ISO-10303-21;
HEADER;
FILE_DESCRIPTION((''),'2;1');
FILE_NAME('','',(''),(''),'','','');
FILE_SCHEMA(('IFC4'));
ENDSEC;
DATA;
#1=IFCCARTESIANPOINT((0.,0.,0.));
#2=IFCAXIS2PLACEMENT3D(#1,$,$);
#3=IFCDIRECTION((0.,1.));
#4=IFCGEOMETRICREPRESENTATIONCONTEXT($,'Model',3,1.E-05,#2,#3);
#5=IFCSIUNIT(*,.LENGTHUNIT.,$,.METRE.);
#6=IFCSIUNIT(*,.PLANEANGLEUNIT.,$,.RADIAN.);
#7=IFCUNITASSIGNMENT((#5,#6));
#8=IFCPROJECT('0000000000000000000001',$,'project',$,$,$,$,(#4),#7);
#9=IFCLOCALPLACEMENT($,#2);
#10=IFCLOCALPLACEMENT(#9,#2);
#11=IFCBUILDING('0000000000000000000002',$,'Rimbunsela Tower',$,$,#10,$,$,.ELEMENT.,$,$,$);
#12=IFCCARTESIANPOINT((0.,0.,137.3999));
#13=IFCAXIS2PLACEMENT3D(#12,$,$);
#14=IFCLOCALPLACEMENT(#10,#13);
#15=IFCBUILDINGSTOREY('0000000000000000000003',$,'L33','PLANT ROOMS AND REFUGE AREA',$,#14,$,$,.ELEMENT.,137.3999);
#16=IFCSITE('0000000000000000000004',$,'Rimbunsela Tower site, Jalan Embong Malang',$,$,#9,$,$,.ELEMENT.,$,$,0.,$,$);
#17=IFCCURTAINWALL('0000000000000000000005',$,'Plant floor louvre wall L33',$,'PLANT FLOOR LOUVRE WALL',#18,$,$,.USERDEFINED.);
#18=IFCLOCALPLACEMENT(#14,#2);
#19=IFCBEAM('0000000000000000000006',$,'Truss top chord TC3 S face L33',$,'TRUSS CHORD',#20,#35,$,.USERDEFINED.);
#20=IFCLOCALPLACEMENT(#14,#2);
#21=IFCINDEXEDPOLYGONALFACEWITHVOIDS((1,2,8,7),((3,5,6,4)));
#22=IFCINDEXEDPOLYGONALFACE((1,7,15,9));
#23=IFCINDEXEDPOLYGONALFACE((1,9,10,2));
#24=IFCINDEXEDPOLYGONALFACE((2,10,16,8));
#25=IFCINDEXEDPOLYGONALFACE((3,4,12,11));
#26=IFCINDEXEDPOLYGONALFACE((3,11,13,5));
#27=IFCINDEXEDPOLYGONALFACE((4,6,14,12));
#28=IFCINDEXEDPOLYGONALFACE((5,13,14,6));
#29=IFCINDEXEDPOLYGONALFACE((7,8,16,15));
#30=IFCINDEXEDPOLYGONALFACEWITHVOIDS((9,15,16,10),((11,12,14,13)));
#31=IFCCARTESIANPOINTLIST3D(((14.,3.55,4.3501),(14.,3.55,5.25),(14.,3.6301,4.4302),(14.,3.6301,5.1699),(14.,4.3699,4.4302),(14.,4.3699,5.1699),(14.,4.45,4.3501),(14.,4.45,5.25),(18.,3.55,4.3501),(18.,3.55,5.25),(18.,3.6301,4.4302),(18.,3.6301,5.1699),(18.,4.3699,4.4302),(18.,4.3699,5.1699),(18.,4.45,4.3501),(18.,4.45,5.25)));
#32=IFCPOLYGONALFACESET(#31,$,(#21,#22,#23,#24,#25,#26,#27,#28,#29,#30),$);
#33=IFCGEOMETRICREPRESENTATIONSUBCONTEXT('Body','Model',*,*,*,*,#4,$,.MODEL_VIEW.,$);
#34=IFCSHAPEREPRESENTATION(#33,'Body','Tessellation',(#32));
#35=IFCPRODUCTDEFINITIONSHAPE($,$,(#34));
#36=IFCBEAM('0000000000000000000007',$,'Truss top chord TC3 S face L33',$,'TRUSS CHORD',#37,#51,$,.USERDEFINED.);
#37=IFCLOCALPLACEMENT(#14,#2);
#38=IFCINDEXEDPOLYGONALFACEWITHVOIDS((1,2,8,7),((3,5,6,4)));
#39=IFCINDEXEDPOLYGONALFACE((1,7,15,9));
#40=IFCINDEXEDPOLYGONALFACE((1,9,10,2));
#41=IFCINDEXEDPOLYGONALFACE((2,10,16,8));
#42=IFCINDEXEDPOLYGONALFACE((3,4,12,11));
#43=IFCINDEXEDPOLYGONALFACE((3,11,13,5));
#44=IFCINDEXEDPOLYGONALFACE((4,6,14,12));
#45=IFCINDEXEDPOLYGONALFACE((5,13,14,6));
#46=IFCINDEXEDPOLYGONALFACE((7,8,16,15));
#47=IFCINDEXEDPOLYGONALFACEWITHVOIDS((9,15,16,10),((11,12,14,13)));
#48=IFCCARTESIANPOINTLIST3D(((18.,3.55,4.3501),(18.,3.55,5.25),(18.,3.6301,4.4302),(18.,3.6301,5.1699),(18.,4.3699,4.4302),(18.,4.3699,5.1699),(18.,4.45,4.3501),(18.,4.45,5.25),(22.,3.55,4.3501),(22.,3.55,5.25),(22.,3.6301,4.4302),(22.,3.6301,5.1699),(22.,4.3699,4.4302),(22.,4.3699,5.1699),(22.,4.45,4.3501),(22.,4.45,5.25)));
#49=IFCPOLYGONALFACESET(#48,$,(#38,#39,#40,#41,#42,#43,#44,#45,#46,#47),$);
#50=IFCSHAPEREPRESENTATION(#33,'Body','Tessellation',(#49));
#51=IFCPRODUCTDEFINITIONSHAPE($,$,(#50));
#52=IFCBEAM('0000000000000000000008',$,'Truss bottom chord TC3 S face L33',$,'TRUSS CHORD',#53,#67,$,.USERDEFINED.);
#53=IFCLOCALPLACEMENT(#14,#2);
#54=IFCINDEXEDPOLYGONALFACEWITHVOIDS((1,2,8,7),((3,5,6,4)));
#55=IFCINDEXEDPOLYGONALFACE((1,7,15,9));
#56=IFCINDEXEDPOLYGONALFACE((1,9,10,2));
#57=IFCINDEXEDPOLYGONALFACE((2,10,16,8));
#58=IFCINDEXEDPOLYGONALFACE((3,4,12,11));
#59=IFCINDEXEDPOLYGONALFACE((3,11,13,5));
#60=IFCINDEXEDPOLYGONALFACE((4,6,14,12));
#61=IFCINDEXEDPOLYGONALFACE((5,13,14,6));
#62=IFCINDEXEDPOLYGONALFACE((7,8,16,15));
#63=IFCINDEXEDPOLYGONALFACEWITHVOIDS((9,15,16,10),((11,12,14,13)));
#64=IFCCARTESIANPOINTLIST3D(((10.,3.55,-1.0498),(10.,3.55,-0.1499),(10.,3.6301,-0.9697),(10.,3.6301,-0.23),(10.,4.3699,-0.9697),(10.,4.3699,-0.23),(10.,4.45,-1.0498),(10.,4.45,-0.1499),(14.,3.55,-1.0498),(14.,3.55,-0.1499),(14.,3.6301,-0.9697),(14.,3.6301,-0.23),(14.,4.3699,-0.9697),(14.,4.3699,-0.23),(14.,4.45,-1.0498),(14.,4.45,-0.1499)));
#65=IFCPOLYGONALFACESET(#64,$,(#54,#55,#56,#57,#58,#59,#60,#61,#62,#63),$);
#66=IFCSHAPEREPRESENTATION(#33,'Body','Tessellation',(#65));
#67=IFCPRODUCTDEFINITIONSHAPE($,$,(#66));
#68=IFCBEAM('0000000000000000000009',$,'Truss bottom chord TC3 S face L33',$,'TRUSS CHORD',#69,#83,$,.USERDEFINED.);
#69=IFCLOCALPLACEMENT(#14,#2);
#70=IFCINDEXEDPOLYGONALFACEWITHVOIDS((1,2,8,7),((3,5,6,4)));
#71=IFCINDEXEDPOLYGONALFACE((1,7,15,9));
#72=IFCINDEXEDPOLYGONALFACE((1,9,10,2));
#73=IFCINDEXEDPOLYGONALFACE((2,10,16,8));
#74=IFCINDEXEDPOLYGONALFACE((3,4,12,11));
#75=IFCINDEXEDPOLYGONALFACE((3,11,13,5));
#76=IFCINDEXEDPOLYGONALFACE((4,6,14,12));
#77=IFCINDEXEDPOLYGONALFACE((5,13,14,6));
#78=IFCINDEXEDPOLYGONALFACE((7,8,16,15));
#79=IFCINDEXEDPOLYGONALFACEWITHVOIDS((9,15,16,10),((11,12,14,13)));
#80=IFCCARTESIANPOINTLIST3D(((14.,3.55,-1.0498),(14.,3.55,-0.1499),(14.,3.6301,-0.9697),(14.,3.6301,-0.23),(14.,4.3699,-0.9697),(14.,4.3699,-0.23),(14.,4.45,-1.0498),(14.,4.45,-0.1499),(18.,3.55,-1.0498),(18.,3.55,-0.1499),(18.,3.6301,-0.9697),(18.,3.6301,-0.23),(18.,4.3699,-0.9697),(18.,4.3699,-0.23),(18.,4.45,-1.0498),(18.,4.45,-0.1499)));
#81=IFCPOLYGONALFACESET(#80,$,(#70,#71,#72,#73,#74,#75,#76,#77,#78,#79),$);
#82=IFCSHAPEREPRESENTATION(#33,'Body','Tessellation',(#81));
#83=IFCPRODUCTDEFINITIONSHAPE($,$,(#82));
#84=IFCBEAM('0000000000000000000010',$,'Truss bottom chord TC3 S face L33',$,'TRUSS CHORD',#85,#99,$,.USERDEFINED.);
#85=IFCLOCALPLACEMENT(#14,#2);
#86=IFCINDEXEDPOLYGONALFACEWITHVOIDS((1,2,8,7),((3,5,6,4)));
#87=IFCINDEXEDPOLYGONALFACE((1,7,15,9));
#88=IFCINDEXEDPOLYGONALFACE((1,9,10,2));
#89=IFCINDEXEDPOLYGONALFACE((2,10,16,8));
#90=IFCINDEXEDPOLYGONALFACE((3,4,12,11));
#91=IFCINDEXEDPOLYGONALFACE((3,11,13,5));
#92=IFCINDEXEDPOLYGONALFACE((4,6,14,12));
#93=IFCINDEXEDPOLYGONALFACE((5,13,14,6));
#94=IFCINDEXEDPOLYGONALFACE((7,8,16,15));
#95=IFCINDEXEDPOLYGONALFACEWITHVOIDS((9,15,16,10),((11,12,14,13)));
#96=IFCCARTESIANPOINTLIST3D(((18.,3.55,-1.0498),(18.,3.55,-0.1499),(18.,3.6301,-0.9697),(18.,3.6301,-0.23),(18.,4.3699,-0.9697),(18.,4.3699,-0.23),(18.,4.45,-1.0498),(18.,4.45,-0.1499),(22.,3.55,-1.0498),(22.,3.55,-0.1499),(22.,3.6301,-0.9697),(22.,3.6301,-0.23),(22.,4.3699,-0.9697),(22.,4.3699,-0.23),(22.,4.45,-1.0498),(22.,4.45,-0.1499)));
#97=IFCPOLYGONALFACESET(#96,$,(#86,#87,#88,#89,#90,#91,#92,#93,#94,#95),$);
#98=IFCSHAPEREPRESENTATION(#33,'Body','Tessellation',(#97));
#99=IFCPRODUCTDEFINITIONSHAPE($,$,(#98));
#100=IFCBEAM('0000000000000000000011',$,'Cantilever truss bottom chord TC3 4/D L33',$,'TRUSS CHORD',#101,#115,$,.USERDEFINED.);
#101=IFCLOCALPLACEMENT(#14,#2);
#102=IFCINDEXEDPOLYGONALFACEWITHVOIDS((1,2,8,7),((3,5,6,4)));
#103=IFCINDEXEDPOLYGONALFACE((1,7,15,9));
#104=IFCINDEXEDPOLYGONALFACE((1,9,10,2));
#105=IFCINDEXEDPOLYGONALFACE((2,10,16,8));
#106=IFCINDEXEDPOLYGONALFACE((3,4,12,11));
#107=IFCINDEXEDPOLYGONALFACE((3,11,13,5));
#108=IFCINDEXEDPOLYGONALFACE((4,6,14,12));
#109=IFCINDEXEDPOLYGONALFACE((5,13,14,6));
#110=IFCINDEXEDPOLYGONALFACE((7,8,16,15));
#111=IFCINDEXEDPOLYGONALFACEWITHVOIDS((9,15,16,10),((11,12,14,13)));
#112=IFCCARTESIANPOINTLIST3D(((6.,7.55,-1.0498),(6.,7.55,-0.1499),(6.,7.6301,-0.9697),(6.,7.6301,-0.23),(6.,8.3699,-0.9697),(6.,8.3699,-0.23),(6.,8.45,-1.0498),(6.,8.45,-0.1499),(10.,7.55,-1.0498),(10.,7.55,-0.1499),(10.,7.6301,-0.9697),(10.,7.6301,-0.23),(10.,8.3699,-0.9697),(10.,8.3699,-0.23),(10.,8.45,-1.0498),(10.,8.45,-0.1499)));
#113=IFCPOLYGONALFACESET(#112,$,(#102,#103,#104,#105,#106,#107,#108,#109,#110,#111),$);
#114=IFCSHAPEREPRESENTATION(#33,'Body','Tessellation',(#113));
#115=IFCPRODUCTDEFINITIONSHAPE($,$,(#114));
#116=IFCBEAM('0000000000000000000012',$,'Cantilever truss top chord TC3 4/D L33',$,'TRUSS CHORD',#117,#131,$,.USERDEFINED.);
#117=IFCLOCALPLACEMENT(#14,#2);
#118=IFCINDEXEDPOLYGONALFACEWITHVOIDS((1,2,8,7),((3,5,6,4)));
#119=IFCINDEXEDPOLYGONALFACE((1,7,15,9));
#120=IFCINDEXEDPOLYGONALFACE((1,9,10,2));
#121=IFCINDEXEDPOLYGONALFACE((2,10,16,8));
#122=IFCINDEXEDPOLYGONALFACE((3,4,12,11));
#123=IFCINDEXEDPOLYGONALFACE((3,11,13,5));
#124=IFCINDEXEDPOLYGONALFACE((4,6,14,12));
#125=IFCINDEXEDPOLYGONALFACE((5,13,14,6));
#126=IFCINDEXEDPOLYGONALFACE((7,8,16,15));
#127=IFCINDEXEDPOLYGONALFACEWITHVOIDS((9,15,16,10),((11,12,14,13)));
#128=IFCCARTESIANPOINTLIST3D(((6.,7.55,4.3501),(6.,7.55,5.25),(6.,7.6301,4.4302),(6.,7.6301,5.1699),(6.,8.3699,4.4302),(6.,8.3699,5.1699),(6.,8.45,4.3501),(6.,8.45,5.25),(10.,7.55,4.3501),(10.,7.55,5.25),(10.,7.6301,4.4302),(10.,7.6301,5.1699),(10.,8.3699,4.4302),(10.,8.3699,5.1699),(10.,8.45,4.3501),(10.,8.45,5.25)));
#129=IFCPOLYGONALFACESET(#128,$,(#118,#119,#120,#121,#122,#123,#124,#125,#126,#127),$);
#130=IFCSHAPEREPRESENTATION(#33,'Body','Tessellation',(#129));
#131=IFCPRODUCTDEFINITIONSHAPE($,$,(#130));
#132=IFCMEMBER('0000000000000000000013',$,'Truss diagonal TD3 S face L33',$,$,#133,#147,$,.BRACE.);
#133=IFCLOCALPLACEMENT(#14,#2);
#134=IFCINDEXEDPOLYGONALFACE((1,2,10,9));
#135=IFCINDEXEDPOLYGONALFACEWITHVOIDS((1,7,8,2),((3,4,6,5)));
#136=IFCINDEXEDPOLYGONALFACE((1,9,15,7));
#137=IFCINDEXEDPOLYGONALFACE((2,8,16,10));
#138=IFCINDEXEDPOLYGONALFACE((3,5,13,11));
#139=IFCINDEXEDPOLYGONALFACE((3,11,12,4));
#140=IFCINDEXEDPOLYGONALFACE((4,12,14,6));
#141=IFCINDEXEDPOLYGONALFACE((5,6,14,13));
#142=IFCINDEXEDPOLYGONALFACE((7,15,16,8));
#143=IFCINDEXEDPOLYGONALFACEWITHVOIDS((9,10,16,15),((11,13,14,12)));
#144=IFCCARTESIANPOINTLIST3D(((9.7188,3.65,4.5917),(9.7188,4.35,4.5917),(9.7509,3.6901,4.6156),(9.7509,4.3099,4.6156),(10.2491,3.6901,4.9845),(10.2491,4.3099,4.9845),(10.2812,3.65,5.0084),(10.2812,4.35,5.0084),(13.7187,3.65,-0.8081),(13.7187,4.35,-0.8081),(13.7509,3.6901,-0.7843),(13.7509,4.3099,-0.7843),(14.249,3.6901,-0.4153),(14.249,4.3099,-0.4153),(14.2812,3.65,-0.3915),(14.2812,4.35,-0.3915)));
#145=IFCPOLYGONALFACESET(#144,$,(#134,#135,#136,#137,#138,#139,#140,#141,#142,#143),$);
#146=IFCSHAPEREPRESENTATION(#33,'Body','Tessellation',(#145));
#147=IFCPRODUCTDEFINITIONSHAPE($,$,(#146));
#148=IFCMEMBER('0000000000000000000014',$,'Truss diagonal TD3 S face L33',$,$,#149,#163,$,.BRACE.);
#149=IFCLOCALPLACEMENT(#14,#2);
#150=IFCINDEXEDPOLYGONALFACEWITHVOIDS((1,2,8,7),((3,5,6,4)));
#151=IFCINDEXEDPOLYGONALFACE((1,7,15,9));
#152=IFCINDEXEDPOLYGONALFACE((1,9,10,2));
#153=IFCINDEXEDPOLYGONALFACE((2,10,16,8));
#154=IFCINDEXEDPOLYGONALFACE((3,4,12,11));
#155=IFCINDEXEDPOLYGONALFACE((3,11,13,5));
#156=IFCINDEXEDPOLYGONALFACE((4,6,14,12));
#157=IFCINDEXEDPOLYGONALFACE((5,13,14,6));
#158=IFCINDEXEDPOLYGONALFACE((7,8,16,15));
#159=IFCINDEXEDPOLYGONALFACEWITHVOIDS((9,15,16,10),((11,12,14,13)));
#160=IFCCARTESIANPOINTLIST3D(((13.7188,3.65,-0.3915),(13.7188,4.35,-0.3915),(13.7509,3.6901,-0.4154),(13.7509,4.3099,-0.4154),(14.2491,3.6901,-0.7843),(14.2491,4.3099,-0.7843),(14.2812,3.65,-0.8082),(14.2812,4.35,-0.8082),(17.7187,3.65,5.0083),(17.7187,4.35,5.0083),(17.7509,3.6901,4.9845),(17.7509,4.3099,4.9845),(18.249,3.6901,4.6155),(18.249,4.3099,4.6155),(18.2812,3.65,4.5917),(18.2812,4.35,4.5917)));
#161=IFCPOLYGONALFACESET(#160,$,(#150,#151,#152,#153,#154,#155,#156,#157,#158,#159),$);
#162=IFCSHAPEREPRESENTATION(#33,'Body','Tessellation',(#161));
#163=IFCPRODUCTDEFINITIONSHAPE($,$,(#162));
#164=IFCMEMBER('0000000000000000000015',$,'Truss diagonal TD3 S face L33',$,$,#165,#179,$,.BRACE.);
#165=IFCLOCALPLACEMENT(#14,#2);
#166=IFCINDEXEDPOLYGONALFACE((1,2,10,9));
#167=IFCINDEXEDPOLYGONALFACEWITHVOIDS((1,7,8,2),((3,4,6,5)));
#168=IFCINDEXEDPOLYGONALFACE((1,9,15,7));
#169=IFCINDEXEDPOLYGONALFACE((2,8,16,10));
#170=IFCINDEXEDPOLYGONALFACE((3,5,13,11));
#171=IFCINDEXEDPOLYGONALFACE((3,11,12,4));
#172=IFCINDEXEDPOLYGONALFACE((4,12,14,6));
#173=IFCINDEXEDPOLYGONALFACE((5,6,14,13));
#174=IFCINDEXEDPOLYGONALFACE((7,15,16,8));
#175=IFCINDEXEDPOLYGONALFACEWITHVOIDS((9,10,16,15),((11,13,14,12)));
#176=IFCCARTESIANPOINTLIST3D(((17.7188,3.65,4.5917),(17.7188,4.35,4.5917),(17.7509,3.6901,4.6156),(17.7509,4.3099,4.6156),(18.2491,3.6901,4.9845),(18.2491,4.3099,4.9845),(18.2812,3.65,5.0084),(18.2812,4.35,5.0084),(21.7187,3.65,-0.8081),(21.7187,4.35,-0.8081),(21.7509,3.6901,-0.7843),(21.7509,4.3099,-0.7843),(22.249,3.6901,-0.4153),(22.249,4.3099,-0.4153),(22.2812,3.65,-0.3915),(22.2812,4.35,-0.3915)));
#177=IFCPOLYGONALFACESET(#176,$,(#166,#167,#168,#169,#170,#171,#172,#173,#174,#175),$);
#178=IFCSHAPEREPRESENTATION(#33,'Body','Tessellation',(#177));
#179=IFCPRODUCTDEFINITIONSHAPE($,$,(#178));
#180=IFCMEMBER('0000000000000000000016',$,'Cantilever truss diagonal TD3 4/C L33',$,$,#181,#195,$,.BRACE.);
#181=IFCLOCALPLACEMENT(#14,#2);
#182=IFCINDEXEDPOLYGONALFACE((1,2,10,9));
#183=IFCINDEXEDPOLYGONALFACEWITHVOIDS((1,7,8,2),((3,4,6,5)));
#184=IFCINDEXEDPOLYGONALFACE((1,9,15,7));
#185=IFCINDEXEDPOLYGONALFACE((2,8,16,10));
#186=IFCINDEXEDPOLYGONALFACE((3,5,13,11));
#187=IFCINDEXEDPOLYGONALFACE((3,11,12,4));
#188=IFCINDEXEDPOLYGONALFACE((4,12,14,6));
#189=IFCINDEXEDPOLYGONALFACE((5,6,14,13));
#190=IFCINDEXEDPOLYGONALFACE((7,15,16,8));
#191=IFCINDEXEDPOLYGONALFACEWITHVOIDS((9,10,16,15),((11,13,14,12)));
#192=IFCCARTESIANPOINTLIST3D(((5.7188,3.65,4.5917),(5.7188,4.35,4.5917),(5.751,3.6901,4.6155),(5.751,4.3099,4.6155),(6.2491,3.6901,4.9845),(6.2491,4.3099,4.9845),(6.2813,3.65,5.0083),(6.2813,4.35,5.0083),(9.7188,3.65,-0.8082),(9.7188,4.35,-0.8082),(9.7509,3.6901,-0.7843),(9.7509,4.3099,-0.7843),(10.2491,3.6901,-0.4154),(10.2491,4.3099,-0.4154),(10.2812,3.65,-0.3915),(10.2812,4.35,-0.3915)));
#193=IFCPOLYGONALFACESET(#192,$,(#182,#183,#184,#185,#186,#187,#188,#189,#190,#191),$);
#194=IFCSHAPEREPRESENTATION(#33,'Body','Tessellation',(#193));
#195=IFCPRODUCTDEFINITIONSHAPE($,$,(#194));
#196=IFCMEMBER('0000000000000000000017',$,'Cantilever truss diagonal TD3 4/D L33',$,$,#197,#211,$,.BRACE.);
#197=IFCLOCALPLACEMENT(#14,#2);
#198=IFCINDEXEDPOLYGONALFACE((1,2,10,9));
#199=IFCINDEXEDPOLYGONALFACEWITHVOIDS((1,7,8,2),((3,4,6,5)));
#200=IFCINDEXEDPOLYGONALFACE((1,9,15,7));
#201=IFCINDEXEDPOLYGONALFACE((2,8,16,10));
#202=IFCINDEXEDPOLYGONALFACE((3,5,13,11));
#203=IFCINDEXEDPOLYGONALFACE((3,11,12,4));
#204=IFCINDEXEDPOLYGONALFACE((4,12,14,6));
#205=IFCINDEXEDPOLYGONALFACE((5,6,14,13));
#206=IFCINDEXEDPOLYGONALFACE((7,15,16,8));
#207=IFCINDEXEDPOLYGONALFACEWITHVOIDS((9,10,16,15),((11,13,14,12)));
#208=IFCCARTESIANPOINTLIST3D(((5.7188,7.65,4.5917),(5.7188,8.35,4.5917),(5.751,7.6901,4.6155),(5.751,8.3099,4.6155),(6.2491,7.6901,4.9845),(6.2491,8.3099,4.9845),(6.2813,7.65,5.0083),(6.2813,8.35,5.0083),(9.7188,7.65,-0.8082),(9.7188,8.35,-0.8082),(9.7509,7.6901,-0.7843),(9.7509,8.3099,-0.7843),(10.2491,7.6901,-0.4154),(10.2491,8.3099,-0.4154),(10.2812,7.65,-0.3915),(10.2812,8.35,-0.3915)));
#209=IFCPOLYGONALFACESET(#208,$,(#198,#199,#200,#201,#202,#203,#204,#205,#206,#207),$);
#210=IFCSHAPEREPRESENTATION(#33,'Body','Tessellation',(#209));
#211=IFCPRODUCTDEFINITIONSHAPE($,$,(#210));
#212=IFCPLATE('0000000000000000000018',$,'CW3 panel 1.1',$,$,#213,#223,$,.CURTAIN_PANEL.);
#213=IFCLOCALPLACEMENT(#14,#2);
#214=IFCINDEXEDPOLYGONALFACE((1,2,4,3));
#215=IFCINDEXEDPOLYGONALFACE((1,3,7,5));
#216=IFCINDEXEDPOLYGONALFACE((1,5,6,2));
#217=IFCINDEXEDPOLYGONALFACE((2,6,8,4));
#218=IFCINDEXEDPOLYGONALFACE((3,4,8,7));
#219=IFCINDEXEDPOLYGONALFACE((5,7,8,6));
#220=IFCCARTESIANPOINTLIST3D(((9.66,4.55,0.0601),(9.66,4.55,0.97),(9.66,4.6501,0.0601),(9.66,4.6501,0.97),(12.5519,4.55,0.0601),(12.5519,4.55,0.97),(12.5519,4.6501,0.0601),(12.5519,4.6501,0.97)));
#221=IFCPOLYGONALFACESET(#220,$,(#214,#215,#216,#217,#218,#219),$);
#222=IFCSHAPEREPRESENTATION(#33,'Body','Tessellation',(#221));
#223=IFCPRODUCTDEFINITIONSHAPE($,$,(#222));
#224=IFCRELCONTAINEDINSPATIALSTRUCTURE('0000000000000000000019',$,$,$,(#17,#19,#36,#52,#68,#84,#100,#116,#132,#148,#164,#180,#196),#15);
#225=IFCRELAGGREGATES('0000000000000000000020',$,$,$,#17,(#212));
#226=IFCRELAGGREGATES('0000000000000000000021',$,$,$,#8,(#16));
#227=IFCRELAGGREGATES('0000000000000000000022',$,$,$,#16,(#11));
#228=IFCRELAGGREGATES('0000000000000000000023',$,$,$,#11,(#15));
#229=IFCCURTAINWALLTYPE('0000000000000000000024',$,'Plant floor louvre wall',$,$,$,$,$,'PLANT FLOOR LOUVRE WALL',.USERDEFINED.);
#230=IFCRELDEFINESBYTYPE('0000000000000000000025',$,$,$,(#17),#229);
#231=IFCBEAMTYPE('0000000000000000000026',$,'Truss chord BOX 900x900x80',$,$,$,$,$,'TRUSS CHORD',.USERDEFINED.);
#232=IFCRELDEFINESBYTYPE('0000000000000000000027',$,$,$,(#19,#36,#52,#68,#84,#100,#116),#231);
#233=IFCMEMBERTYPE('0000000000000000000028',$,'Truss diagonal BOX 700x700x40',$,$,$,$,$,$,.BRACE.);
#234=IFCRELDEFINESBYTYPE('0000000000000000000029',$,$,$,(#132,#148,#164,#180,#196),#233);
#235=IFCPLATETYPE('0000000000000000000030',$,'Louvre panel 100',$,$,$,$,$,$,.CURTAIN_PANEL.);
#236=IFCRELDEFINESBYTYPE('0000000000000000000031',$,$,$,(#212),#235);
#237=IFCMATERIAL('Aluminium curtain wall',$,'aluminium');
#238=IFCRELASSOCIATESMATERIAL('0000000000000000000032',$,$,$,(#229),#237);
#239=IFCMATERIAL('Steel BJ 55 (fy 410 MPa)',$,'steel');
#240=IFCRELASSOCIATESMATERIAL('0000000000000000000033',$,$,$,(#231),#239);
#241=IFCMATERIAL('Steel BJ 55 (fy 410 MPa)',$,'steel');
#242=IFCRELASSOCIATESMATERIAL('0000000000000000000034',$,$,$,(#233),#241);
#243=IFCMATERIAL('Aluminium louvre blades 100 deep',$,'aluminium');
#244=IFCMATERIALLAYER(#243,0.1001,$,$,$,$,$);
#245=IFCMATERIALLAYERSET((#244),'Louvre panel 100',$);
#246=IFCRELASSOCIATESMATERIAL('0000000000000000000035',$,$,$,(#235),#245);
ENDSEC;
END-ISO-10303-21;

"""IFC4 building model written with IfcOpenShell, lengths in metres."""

from ifc_helpers import new_model, si_unit, direction, frame, origin, origin_2d, place, context, subcontext, project, spatial, rectangle, hollow_rectangle, extrude, material, layer, layer_set, material_profile, profile_set, type_object, element, aggregate, save


model = new_model("IFC4")

# Units and contexts
model_context = context("Model", 3, precision=1e-05, world=origin(), true_north=direction((0.0, 1.0)))
body_context = subcontext(model_context, "Body", "Model", "MODEL_VIEW")
ifc_project = project(units=[si_unit("LENGTHUNIT", "METRE"), si_unit("PLANEANGLEUNIT", "RADIAN")], contexts=[model_context])

# Site, building, storey
site_placement = place(None, origin())
site = spatial("IfcSite", under=ifc_project, at=site_placement, Name="Rimbunsela Tower site, Jalan Embong Malang", CompositionType="ELEMENT", RefElevation=0.0)
building_placement = place(site_placement, origin())
building = spatial("IfcBuilding", under=site, at=building_placement, Name="Rimbunsela Tower", CompositionType="ELEMENT")
storey_placement = place(building_placement, frame((0.0, 0.0, 137.3999)))
storey = spatial("IfcBuildingStorey", under=building, at=storey_placement, Name="L33", Description="PLANT ROOMS AND REFUGE AREA", CompositionType="ELEMENT", Elevation=137.3999)

# Curtain wall
ifc_material_1 = material(Name="Aluminium curtain wall", Category="aluminium")
curtain_wall_type_1 = type_object("IfcCurtainWallType", Name="Plant floor louvre wall", ElementType="PLANT FLOOR LOUVRE WALL", PredefinedType="USERDEFINED", material=ifc_material_1)
curtain_wall_1_placement = place(storey_placement, origin())
curtain_wall_1 = element("IfcCurtainWall", 1, at=curtain_wall_1_placement, inside=storey, type_object=curtain_wall_type_1, Name="Plant floor louvre wall L33", ObjectType="PLANT FLOOR LOUVRE WALL", PredefinedType="USERDEFINED")

# Beams
ifc_material_2 = material(Name="Steel BJ 55 (fy 410 MPa)", Category="steel")
ifc_material_profile_1 = material_profile(ifc_material_2, hollow_rectangle(XDim=0.8999, YDim=0.8999, WallThickness=0.0801, at=origin_2d()), Name="BOX 900x900x80")
ifc_profile_set_1 = profile_set([ifc_material_profile_1], Name="Steel BJ 55 (fy 410 MPa)")
beam_type_1 = type_object("IfcBeamType", Name="Truss chord BOX 900x900x80", ElementType="TRUSS CHORD", PredefinedType="USERDEFINED", material=ifc_profile_set_1)
for number, where, z_axis, x_axis, name in (
    (2, (14.0, 4.0, 4.8), (1.0, 0.0, 0.0), (0.0, 1.0, 0.0), "Truss top chord TC3 S face L33"),
    (3, (18.0, 4.0, 4.8), (1.0, 0.0, 0.0), (0.0, 1.0, 0.0), "Truss top chord TC3 S face L33"),
    (4, (10.0, 4.0, -0.5999), (1.0, 0.0, 0.0), (0.0, 1.0, 0.0), "Truss bottom chord TC3 S face L33"),
    (5, (14.0, 4.0, -0.5999), (1.0, 0.0, 0.0), (0.0, 1.0, 0.0), "Truss bottom chord TC3 S face L33"),
    (6, (18.0, 4.0, -0.5999), (1.0, 0.0, 0.0), (0.0, 1.0, 0.0), "Truss bottom chord TC3 S face L33"),
    (7, (10.0, 8.0, -0.5999), (-1.0, 0.0, 0.0), (0.0, -1.0, 0.0), "Cantilever truss bottom chord TC3 4/D L33"),
    (8, (10.0, 8.0, 4.8), (-1.0, 0.0, 0.0), (0.0, -1.0, 0.0), "Cantilever truss top chord TC3 4/D L33"),
):
    element("IfcBeam", number, at=place(storey_placement, frame(where, z_axis=z_axis, x_axis=x_axis)), inside=storey, type_object=beam_type_1, Name=name, ObjectType="TRUSS CHORD", PredefinedType="USERDEFINED", context=body_context, shape_type="SweptSolid", body=[
        extrude(hollow_rectangle(XDim=0.8999, YDim=0.8999, WallThickness=0.0801, at=origin_2d()), origin(), (0.0, 0.0, 1.0), 4.0),
    ])

# Members
ifc_material_3 = material(Name="Steel BJ 55 (fy 410 MPa)", Category="steel")
ifc_material_profile_2 = material_profile(ifc_material_3, hollow_rectangle(XDim=0.7, YDim=0.7, WallThickness=0.04, at=origin_2d()), Name="BOX 700x700x40")
ifc_profile_set_2 = profile_set([ifc_material_profile_2], Name="Steel BJ 55 (fy 410 MPa)")
member_type_1 = type_object("IfcMemberType", Name="Truss diagonal BOX 700x700x40", PredefinedType="BRACE", material=ifc_profile_set_2)
for number, where, z_axis, x_axis, name in (
    (9, (10.0, 4.0, 4.8), (0.595235, 0.0, -0.803552), (0.0, 1.0, 0.0), "Truss diagonal TD3 S face L33"),
    (10, (14.0, 4.0, -0.5999), (0.595235, 0.0, 0.803552), (0.0, 1.0, 0.0), "Truss diagonal TD3 S face L33"),
    (11, (18.0, 4.0, 4.8), (0.595235, 0.0, -0.803552), (0.0, 1.0, 0.0), "Truss diagonal TD3 S face L33"),
    (12, (10.0, 4.0, -0.5999), (-0.595235, 0.0, 0.803552), (0.0, -1.0, 0.0), "Cantilever truss diagonal TD3 4/C L33"),
    (13, (10.0, 8.0, -0.5999), (-0.595235, 0.0, 0.803552), (0.0, -1.0, 0.0), "Cantilever truss diagonal TD3 4/D L33"),
):
    element("IfcMember", number, at=place(storey_placement, frame(where, z_axis=z_axis, x_axis=x_axis)), inside=storey, type_object=member_type_1, Name=name, PredefinedType="BRACE", context=body_context, shape_type="SweptSolid", body=[
        extrude(hollow_rectangle(XDim=0.7, YDim=0.7, WallThickness=0.04, at=origin_2d()), origin(), (0.0, 0.0, 1.0), 6.72),
    ])

# Plate
ifc_material_4 = material(Name="Aluminium louvre blades 100 deep", Category="aluminium")
ifc_layer = layer(ifc_material_4, 0.1001)
ifc_layer_set = layer_set([ifc_layer], Name="Louvre panel 100")
plate_type = type_object("IfcPlateType", Name="Louvre panel 100", PredefinedType="CURTAIN_PANEL", material=ifc_layer_set)
plate_1_placement = place(storey_placement, frame((11.106, 4.6001, 0.0601), z_axis=(0.0, 0.0, 1.0), x_axis=(1.0, 0.0, 0.0)))
plate_1 = element("IfcPlate", 14, at=plate_1_placement, type_object=plate_type, Name="CW3 panel 1.1", PredefinedType="CURTAIN_PANEL", context=body_context, shape_type="SweptSolid", body=[
    extrude(rectangle(XDim=2.8918, YDim=0.1001, at=origin_2d()), origin(), (0.0, 0.0, 1.0), 0.9099),
])
aggregate(curtain_wall_1, [plate_1])

save(model, "model.ifc")
